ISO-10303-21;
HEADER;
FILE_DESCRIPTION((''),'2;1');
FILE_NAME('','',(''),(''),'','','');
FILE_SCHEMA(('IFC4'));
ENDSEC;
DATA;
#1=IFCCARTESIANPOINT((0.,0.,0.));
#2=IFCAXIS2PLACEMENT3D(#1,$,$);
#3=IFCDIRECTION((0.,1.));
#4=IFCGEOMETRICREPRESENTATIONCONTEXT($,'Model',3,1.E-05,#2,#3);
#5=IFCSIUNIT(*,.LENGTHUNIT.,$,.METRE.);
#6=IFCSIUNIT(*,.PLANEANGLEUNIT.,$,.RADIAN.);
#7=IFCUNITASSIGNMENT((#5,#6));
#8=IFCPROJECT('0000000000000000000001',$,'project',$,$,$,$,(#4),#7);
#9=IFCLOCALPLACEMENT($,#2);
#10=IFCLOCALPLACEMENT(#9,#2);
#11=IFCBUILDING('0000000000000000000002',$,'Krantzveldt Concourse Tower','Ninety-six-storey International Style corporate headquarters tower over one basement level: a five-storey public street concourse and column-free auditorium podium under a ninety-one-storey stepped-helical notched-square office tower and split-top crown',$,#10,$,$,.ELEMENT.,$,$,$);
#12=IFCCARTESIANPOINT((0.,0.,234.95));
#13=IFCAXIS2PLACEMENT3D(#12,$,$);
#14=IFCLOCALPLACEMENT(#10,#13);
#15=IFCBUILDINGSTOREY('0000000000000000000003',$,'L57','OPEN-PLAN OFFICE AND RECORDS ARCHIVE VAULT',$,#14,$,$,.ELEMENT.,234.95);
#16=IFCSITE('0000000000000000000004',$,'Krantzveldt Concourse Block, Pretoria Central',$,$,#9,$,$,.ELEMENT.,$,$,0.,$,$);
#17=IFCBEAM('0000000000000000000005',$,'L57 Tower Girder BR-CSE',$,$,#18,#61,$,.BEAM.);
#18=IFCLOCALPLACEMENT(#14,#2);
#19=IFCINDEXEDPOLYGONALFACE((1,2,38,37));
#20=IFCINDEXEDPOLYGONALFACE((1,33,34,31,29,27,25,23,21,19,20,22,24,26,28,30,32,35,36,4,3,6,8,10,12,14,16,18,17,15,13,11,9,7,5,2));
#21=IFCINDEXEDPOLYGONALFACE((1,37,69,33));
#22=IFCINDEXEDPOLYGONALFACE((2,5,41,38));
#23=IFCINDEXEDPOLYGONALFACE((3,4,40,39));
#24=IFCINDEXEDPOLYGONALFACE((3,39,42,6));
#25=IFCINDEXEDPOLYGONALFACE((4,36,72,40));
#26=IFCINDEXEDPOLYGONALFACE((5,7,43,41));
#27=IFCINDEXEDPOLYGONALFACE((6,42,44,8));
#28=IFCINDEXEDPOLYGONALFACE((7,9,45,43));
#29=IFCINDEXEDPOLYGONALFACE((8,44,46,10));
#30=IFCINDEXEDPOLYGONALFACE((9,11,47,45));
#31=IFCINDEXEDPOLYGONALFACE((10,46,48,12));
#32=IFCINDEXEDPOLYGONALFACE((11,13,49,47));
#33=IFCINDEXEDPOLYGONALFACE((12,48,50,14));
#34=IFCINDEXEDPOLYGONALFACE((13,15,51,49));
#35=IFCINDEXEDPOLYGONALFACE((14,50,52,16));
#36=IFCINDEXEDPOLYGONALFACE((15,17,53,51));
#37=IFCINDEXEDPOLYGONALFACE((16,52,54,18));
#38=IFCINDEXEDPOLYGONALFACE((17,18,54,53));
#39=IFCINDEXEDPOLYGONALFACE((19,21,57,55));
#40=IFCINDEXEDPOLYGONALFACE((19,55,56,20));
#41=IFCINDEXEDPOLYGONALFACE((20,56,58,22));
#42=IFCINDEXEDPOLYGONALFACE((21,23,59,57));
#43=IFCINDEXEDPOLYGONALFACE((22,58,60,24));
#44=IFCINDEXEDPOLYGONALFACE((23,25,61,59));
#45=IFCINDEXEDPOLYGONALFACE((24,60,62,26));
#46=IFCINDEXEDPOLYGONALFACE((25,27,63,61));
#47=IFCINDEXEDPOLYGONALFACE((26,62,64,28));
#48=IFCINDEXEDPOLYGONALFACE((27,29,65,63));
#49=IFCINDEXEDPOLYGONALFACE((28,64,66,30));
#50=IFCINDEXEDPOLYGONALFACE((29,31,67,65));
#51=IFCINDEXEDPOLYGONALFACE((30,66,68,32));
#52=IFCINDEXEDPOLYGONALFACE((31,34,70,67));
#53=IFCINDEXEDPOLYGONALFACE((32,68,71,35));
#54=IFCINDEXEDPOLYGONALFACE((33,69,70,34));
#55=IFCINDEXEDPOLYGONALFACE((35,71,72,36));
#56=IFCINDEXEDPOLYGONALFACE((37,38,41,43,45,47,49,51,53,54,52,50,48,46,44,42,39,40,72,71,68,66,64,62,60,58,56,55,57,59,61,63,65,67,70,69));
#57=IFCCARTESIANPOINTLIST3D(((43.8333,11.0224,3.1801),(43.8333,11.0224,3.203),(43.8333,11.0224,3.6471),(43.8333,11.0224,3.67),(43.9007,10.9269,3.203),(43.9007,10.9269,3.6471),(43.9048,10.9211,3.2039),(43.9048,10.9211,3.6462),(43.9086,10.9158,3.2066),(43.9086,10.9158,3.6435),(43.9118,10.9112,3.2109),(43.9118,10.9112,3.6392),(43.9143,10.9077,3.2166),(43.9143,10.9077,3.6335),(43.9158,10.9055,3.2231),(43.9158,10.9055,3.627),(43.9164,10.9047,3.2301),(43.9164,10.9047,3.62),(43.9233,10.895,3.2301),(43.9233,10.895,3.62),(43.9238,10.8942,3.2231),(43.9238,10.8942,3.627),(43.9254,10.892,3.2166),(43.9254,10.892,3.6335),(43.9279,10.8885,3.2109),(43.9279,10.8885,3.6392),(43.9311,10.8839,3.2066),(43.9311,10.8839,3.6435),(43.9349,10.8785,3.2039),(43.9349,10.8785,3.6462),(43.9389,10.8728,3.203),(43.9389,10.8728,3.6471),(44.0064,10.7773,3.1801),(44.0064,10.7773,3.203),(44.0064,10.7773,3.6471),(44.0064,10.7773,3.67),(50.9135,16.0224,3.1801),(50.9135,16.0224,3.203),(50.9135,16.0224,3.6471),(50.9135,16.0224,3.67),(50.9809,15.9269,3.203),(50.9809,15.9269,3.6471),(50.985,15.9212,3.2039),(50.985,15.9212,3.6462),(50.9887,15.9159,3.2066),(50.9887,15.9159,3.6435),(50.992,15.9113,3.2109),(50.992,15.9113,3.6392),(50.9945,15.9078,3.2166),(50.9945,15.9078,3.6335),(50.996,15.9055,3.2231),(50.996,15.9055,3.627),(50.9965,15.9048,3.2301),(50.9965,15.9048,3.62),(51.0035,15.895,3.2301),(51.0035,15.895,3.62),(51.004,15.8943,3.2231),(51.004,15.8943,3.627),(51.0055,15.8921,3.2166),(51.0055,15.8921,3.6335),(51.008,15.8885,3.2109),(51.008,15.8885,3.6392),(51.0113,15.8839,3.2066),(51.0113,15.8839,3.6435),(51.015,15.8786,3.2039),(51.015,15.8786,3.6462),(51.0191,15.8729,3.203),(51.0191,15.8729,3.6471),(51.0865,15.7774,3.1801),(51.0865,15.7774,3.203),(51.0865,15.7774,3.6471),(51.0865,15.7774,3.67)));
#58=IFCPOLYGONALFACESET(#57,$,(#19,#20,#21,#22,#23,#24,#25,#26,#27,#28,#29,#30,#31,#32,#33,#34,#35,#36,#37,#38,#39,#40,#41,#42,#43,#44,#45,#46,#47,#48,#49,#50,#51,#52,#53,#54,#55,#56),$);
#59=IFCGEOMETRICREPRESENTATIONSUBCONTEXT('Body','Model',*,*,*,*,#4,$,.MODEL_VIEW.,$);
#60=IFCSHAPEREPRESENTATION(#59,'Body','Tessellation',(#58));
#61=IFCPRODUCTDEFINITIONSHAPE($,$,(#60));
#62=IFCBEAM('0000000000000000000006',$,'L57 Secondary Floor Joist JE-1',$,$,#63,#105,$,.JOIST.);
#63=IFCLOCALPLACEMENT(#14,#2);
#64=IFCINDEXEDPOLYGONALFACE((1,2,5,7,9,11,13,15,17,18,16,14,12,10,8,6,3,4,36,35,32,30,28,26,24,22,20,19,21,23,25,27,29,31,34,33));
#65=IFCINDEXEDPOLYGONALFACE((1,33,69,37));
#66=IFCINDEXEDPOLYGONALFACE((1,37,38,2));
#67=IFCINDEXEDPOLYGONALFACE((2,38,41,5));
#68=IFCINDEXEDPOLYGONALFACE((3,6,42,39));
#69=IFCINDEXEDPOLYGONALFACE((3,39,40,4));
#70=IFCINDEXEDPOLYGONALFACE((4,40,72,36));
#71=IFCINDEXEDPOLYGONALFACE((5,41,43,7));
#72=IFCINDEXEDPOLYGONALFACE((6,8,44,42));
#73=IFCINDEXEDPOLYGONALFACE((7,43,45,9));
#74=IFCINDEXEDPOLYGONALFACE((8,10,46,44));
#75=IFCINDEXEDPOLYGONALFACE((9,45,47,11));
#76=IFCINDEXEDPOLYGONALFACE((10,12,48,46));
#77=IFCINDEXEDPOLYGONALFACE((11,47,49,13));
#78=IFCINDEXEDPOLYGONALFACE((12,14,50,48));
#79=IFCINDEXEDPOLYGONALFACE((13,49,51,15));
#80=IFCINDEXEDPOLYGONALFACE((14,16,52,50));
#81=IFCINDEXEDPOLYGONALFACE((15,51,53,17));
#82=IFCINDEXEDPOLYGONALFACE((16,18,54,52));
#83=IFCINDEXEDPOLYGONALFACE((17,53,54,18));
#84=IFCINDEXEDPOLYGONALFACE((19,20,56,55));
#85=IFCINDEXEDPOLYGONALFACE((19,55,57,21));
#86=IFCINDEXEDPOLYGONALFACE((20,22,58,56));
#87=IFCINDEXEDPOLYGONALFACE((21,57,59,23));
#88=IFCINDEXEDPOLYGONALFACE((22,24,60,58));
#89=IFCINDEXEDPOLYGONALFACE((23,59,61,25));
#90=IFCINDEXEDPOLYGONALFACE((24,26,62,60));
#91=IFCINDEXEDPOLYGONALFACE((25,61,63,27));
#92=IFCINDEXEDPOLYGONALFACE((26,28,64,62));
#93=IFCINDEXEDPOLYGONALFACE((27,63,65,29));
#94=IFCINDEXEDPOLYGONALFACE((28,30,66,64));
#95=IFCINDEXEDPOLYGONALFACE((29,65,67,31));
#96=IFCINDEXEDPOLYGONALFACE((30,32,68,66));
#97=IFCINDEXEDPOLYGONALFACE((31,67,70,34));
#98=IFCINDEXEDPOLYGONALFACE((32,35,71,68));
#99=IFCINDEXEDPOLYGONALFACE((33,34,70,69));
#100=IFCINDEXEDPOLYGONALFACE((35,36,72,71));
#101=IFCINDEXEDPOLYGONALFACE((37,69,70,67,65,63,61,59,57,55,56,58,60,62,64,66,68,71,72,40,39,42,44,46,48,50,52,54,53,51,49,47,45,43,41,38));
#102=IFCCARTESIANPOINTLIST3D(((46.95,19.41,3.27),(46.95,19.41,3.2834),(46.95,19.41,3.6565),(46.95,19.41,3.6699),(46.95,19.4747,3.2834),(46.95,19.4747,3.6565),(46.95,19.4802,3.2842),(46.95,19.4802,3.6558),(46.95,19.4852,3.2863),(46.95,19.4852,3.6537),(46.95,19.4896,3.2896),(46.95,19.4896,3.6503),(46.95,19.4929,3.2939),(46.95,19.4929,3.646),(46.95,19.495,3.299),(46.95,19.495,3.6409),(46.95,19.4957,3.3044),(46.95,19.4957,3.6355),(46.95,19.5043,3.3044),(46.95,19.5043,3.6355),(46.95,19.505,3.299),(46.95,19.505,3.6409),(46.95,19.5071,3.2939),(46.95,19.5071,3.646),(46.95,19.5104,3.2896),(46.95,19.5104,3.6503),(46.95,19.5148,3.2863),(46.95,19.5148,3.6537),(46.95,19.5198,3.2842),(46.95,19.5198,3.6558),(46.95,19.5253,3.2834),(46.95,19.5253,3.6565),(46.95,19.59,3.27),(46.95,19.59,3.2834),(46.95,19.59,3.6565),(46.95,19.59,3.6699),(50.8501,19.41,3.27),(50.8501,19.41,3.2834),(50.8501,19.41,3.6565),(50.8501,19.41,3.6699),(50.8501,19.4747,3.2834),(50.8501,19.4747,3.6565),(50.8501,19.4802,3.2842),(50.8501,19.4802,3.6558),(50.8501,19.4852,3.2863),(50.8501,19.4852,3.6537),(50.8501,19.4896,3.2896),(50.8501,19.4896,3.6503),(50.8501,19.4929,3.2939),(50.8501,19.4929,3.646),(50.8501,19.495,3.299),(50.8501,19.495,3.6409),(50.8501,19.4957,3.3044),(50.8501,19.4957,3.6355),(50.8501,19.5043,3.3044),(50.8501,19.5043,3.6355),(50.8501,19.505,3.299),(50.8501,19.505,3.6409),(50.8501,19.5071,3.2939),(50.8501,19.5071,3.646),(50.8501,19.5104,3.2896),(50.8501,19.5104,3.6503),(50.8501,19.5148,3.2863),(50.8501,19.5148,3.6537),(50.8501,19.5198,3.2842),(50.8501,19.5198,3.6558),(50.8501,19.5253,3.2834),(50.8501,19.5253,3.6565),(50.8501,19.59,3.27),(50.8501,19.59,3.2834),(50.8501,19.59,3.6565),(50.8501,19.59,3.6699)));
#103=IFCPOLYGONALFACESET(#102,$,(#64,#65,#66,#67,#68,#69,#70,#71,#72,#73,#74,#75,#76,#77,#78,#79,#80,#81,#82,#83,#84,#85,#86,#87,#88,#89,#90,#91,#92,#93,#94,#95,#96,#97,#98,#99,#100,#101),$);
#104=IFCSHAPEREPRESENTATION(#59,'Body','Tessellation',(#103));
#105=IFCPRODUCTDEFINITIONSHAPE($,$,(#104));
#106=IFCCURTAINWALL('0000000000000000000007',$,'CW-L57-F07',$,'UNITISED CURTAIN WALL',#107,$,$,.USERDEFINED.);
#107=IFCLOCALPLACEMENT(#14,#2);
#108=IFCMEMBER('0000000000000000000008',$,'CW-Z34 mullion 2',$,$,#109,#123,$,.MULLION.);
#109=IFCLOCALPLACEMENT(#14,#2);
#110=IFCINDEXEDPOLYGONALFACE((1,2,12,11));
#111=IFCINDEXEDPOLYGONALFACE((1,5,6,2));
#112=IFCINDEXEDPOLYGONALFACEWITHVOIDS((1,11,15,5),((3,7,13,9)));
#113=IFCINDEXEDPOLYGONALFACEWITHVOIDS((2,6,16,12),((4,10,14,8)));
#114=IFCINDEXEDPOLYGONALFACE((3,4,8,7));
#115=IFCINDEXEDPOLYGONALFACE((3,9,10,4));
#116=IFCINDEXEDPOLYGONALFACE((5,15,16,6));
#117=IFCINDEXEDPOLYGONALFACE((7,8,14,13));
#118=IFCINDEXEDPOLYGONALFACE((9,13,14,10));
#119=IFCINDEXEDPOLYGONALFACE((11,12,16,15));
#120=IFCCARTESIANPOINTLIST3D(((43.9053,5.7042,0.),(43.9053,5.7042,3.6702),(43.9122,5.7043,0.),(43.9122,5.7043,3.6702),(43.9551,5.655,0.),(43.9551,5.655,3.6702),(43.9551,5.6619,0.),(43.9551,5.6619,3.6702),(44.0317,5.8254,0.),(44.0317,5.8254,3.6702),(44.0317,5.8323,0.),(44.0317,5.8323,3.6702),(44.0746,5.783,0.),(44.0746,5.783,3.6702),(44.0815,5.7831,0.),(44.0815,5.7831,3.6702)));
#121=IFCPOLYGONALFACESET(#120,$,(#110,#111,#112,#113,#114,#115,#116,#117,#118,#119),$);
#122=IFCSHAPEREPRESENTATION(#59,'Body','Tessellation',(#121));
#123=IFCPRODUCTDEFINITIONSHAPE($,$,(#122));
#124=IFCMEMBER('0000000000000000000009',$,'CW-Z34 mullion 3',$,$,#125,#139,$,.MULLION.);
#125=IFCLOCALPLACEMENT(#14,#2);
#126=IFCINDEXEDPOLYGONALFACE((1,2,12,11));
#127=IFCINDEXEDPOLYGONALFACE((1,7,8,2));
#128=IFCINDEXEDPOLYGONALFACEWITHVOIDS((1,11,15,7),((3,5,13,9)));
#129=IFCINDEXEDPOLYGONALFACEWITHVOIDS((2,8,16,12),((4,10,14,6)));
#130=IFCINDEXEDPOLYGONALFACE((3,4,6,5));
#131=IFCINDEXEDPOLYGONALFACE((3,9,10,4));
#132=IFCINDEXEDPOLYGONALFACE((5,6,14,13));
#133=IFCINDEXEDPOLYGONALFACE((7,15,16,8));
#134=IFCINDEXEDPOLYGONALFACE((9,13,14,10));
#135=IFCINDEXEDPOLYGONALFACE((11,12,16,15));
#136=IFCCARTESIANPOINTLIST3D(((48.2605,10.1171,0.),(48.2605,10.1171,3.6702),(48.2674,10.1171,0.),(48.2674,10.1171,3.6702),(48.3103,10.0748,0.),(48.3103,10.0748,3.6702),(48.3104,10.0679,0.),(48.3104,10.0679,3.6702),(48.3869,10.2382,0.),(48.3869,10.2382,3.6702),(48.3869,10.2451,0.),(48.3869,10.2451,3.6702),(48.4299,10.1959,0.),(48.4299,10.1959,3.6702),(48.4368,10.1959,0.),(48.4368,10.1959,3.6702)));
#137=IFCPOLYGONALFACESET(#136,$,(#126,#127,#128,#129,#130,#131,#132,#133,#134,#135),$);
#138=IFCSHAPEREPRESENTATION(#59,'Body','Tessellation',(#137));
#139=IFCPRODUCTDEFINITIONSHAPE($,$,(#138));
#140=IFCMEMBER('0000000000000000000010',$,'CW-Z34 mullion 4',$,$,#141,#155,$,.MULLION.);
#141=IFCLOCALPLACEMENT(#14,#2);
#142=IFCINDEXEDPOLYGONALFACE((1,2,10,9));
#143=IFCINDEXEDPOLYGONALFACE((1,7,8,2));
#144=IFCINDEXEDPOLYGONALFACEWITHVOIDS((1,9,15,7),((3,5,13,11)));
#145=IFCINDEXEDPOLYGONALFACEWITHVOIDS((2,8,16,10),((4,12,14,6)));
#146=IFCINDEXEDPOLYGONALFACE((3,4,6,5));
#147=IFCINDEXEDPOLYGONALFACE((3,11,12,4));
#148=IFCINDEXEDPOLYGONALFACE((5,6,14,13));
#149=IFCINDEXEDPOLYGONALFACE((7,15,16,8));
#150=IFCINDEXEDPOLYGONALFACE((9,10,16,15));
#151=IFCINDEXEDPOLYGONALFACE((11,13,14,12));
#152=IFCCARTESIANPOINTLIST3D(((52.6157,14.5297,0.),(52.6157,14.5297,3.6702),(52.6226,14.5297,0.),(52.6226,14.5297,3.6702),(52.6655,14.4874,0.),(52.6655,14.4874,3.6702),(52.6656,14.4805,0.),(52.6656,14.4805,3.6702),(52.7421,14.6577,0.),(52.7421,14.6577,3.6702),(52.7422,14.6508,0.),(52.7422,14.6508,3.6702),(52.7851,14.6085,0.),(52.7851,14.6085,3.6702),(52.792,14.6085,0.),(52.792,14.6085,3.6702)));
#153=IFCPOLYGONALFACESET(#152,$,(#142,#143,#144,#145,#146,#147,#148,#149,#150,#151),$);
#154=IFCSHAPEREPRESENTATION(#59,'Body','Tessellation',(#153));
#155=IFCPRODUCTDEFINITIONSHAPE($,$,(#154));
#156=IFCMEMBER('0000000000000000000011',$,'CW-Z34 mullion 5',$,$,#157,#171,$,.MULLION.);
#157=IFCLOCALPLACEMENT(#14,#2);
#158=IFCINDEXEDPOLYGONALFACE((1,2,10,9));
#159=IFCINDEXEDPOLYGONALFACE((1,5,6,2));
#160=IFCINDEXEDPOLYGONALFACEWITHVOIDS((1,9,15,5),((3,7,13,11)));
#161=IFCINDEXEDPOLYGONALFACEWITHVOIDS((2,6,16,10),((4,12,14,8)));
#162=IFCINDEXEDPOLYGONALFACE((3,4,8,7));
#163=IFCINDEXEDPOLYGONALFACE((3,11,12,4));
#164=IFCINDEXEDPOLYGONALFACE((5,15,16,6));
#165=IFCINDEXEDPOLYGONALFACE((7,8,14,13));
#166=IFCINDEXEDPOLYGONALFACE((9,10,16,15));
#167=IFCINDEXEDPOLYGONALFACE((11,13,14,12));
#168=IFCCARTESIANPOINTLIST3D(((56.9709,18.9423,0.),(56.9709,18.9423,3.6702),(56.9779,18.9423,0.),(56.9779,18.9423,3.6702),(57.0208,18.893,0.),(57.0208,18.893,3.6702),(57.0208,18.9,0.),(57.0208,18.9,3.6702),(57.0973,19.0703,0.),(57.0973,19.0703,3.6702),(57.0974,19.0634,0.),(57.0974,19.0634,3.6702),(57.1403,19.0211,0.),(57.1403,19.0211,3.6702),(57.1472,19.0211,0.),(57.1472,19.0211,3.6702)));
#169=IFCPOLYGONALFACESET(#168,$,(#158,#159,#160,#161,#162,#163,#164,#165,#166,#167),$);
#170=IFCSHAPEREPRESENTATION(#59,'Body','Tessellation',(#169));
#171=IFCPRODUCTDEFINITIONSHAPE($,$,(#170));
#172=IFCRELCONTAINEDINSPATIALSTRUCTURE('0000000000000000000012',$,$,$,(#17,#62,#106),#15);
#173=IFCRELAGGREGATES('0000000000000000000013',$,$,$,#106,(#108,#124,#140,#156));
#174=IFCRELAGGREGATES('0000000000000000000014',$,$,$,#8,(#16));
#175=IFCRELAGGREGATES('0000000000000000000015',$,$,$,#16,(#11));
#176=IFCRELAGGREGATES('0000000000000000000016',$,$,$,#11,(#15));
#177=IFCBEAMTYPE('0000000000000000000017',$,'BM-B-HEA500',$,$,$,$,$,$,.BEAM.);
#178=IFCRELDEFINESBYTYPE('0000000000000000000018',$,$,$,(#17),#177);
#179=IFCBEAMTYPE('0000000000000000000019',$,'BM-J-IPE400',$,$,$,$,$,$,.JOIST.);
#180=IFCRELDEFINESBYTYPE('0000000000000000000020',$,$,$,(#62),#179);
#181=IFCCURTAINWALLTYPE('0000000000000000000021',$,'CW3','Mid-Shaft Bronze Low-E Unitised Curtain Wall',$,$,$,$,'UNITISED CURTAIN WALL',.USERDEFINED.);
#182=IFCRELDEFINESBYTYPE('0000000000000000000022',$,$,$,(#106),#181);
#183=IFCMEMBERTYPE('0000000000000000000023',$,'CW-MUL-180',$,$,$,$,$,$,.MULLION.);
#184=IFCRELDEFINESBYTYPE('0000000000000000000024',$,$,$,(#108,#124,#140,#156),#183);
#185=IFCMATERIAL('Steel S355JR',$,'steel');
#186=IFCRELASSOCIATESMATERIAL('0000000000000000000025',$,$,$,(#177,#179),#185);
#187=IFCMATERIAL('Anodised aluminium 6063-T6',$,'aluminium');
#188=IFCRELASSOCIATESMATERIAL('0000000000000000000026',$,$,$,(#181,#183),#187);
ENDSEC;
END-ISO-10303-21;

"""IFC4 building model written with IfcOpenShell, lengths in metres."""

from ifc_helpers import new_model, si_unit, direction, frame, origin, origin_2d, place, context, subcontext, project, spatial, hollow_rectangle, i_section, extrude, source, transform, mapped, material, material_profile, profile_set, type_object, type_shapes, element, aggregate, save


model = new_model("IFC4")

# Units and contexts
model_context = context("Model", 3, precision=1e-05, world=origin(), true_north=direction((0.0, 1.0)))
body_context = subcontext(model_context, "Body", "Model", "MODEL_VIEW")
ifc_project = project(units=[si_unit("LENGTHUNIT", "METRE"), si_unit("PLANEANGLEUNIT", "RADIAN")], contexts=[model_context])

# Site, building, storey
site_placement = place(None, origin())
site = spatial("IfcSite", under=ifc_project, at=site_placement, Name="Krantzveldt Concourse Block, Pretoria Central", CompositionType="ELEMENT", RefElevation=0.0)
building_placement = place(site_placement, origin())
building = spatial("IfcBuilding", under=site, at=building_placement, Name="Krantzveldt Concourse Tower", Description="Ninety-six-storey International Style corporate headquarters tower over one basement level: a five-storey public street concourse and column-free auditorium podium under a ninety-one-storey stepped-helical notched-square office tower and split-top crown", CompositionType="ELEMENT")
storey_placement = place(building_placement, frame((0.0, 0.0, 234.95)))
storey = spatial("IfcBuildingStorey", under=building, at=storey_placement, Name="L57", Description="OPEN-PLAN OFFICE AND RECORDS ARCHIVE VAULT", CompositionType="ELEMENT", Elevation=234.95)

# Beams
ifc_material_1 = material(Name="Steel S355JR", Category="steel")
ifc_material_profile_1 = material_profile(ifc_material_1, i_section(OverallWidth=0.3, OverallDepth=0.49, WebThickness=0.012, FlangeThickness=0.0229, FilletRadius=0.0271, at=origin_2d()), Name="Steel S355JR", Category="steel")
ifc_profile_set_1 = profile_set([ifc_material_profile_1], Name="Steel S355JR - HEA 500")
beam_type_1 = type_object("IfcBeamType", Name="BM-B-HEA500", PredefinedType="BEAM", material=ifc_profile_set_1)
shared_shape_1 = source(origin(), body_context, "Body", "SweptSolid", [
    extrude(i_section(OverallWidth=0.3, OverallDepth=0.49, WebThickness=0.012, FlangeThickness=0.0229, FilletRadius=0.0271, at=origin_2d()), origin(), (0.0, 0.0, 1.0), 8.6677),
])
beam_1_placement = place(storey_placement, frame((51.0, 15.8999, 3.425), z_axis=(-0.816843, -0.57686, 0.0), x_axis=(0.57686, -0.816843, 0.0)))
element("IfcBeam", 1, at=beam_1_placement, inside=storey, type_object=beam_type_1, Name="L57 Tower Girder BR-CSE", PredefinedType="BEAM", context=body_context, shape_type="MappedRepresentation", body=[
    mapped(shared_shape_1, transform((0.0, 0.0, 0.0), x_axis=(1.0, 0.0, 0.0), y_axis=(0.0, 1.0, 0.0), z_axis=(0.0, 0.0, 1.0), scale=1.0)),
])
ifc_material_profile_2 = material_profile(ifc_material_1, i_section(OverallWidth=0.1799, OverallDepth=0.3999, WebThickness=0.0085, FlangeThickness=0.0134, FilletRadius=0.021, at=origin_2d()), Name="Steel S355JR", Category="steel")
ifc_profile_set_2 = profile_set([ifc_material_profile_2], Name="Steel S355JR - IPE 400")
beam_type_2 = type_object("IfcBeamType", Name="BM-J-IPE400", PredefinedType="JOIST", material=ifc_profile_set_2)
shared_shape_2 = source(origin(), body_context, "Body", "SweptSolid", [
    extrude(i_section(OverallWidth=0.1799, OverallDepth=0.3999, WebThickness=0.0085, FlangeThickness=0.0134, FilletRadius=0.021, at=origin_2d()), origin(), (0.0, 0.0, 1.0), 3.9001),
])
type_shapes(beam_type_2, [shared_shape_2])
beam_2_placement = place(storey_placement, frame((46.95, 19.5, 3.47), z_axis=(1.0, 0.0, 0.0), x_axis=(0.0, 1.0, 0.0)))
element("IfcBeam", 2, at=beam_2_placement, inside=storey, type_object=beam_type_2, Name="L57 Secondary Floor Joist JE-1", PredefinedType="JOIST", context=body_context, shape_type="MappedRepresentation", body=[
    mapped(shared_shape_2, transform((0.0, 0.0, 0.0), x_axis=(1.0, 0.0, 0.0), y_axis=(0.0, 1.0, 0.0), z_axis=(0.0, 0.0, 1.0), scale=1.0)),
])

# Curtain wall, members
ifc_material_2 = material(Name="Anodised aluminium 6063-T6", Category="aluminium")
curtain_wall_type = type_object("IfcCurtainWallType", Name="CW3", Description="Mid-Shaft Bronze Low-E Unitised Curtain Wall", ElementType="UNITISED CURTAIN WALL", PredefinedType="USERDEFINED", material=ifc_material_2)
curtain_wall_placement = place(storey_placement, origin())
curtain_wall = element("IfcCurtainWall", 3, at=curtain_wall_placement, inside=storey, type_object=curtain_wall_type, Name="CW-L57-F07", ObjectType="UNITISED CURTAIN WALL", PredefinedType="USERDEFINED")
ifc_material_profile_3 = material_profile(ifc_material_2, hollow_rectangle(XDim=0.0701, YDim=0.1799, WallThickness=0.0049, at=origin_2d()), Name="Anodised aluminium 6063-T6", Category="aluminium")
ifc_profile_set_3 = profile_set([ifc_material_profile_3], Name="Anodised aluminium 6063-T6 - ALU-MULL 180x70x5")
member_type_1 = type_object("IfcMemberType", Name="CW-MUL-180", PredefinedType="MULLION", material=ifc_profile_set_3)
shared_shape_3 = source(origin(), body_context, "Body", "SweptSolid", [
    extrude(hollow_rectangle(XDim=0.0701, YDim=0.1799, WallThickness=0.0049, at=origin_2d()), origin(), (0.0, 0.0, 1.0), 3.6702),
])
type_shapes(member_type_1, [shared_shape_3])
member_1_placement = place(storey_placement, frame((43.9934, 5.7437, 0.0), z_axis=(0.0, 0.0, 1.0), x_axis=(-0.71172, 0.702464, 0.0)))
member_1 = element("IfcMember", 4, at=member_1_placement, type_object=member_type_1, Name="CW-Z34 mullion 2", PredefinedType="MULLION", context=body_context, shape_type="MappedRepresentation", body=[
    mapped(shared_shape_3, transform((0.0, 0.0, 0.0), x_axis=(1.0, 0.0, 0.0), y_axis=(0.0, 1.0, 0.0), z_axis=(0.0, 0.0, 1.0), scale=1.0)),
])
member_2_placement = place(storey_placement, frame((48.3486, 10.1565, 0.0), z_axis=(0.0, 0.0, 1.0), x_axis=(-0.71172, 0.702464, 0.0)))
member_2 = element("IfcMember", 5, at=member_2_placement, type_object=member_type_1, Name="CW-Z34 mullion 3", PredefinedType="MULLION", context=body_context, shape_type="MappedRepresentation", body=[
    mapped(shared_shape_3, transform((0.0, 0.0, 0.0), x_axis=(1.0, 0.0, 0.0), y_axis=(0.0, 1.0, 0.0), z_axis=(0.0, 0.0, 1.0), scale=1.0)),
])
member_3_placement = place(storey_placement, frame((52.7039, 14.5691, 0.0), z_axis=(0.0, 0.0, 1.0), x_axis=(-0.71172, 0.702464, 0.0)))
member_3 = element("IfcMember", 6, at=member_3_placement, type_object=member_type_1, Name="CW-Z34 mullion 4", PredefinedType="MULLION", context=body_context, shape_type="MappedRepresentation", body=[
    mapped(shared_shape_3, transform((0.0, 0.0, 0.0), x_axis=(1.0, 0.0, 0.0), y_axis=(0.0, 1.0, 0.0), z_axis=(0.0, 0.0, 1.0), scale=1.0)),
])
member_4_placement = place(storey_placement, frame((57.0591, 18.9817, 0.0), z_axis=(0.0, 0.0, 1.0), x_axis=(-0.71172, 0.702464, 0.0)))
member_4 = element("IfcMember", 7, at=member_4_placement, type_object=member_type_1, Name="CW-Z34 mullion 5", PredefinedType="MULLION", context=body_context, shape_type="MappedRepresentation", body=[
    mapped(shared_shape_3, transform((0.0, 0.0, 0.0), x_axis=(1.0, 0.0, 0.0), y_axis=(0.0, 1.0, 0.0), z_axis=(0.0, 0.0, 1.0), scale=1.0)),
])
aggregate(curtain_wall, [member_1, member_2, member_3, member_4])

save(model, "model.ifc")
